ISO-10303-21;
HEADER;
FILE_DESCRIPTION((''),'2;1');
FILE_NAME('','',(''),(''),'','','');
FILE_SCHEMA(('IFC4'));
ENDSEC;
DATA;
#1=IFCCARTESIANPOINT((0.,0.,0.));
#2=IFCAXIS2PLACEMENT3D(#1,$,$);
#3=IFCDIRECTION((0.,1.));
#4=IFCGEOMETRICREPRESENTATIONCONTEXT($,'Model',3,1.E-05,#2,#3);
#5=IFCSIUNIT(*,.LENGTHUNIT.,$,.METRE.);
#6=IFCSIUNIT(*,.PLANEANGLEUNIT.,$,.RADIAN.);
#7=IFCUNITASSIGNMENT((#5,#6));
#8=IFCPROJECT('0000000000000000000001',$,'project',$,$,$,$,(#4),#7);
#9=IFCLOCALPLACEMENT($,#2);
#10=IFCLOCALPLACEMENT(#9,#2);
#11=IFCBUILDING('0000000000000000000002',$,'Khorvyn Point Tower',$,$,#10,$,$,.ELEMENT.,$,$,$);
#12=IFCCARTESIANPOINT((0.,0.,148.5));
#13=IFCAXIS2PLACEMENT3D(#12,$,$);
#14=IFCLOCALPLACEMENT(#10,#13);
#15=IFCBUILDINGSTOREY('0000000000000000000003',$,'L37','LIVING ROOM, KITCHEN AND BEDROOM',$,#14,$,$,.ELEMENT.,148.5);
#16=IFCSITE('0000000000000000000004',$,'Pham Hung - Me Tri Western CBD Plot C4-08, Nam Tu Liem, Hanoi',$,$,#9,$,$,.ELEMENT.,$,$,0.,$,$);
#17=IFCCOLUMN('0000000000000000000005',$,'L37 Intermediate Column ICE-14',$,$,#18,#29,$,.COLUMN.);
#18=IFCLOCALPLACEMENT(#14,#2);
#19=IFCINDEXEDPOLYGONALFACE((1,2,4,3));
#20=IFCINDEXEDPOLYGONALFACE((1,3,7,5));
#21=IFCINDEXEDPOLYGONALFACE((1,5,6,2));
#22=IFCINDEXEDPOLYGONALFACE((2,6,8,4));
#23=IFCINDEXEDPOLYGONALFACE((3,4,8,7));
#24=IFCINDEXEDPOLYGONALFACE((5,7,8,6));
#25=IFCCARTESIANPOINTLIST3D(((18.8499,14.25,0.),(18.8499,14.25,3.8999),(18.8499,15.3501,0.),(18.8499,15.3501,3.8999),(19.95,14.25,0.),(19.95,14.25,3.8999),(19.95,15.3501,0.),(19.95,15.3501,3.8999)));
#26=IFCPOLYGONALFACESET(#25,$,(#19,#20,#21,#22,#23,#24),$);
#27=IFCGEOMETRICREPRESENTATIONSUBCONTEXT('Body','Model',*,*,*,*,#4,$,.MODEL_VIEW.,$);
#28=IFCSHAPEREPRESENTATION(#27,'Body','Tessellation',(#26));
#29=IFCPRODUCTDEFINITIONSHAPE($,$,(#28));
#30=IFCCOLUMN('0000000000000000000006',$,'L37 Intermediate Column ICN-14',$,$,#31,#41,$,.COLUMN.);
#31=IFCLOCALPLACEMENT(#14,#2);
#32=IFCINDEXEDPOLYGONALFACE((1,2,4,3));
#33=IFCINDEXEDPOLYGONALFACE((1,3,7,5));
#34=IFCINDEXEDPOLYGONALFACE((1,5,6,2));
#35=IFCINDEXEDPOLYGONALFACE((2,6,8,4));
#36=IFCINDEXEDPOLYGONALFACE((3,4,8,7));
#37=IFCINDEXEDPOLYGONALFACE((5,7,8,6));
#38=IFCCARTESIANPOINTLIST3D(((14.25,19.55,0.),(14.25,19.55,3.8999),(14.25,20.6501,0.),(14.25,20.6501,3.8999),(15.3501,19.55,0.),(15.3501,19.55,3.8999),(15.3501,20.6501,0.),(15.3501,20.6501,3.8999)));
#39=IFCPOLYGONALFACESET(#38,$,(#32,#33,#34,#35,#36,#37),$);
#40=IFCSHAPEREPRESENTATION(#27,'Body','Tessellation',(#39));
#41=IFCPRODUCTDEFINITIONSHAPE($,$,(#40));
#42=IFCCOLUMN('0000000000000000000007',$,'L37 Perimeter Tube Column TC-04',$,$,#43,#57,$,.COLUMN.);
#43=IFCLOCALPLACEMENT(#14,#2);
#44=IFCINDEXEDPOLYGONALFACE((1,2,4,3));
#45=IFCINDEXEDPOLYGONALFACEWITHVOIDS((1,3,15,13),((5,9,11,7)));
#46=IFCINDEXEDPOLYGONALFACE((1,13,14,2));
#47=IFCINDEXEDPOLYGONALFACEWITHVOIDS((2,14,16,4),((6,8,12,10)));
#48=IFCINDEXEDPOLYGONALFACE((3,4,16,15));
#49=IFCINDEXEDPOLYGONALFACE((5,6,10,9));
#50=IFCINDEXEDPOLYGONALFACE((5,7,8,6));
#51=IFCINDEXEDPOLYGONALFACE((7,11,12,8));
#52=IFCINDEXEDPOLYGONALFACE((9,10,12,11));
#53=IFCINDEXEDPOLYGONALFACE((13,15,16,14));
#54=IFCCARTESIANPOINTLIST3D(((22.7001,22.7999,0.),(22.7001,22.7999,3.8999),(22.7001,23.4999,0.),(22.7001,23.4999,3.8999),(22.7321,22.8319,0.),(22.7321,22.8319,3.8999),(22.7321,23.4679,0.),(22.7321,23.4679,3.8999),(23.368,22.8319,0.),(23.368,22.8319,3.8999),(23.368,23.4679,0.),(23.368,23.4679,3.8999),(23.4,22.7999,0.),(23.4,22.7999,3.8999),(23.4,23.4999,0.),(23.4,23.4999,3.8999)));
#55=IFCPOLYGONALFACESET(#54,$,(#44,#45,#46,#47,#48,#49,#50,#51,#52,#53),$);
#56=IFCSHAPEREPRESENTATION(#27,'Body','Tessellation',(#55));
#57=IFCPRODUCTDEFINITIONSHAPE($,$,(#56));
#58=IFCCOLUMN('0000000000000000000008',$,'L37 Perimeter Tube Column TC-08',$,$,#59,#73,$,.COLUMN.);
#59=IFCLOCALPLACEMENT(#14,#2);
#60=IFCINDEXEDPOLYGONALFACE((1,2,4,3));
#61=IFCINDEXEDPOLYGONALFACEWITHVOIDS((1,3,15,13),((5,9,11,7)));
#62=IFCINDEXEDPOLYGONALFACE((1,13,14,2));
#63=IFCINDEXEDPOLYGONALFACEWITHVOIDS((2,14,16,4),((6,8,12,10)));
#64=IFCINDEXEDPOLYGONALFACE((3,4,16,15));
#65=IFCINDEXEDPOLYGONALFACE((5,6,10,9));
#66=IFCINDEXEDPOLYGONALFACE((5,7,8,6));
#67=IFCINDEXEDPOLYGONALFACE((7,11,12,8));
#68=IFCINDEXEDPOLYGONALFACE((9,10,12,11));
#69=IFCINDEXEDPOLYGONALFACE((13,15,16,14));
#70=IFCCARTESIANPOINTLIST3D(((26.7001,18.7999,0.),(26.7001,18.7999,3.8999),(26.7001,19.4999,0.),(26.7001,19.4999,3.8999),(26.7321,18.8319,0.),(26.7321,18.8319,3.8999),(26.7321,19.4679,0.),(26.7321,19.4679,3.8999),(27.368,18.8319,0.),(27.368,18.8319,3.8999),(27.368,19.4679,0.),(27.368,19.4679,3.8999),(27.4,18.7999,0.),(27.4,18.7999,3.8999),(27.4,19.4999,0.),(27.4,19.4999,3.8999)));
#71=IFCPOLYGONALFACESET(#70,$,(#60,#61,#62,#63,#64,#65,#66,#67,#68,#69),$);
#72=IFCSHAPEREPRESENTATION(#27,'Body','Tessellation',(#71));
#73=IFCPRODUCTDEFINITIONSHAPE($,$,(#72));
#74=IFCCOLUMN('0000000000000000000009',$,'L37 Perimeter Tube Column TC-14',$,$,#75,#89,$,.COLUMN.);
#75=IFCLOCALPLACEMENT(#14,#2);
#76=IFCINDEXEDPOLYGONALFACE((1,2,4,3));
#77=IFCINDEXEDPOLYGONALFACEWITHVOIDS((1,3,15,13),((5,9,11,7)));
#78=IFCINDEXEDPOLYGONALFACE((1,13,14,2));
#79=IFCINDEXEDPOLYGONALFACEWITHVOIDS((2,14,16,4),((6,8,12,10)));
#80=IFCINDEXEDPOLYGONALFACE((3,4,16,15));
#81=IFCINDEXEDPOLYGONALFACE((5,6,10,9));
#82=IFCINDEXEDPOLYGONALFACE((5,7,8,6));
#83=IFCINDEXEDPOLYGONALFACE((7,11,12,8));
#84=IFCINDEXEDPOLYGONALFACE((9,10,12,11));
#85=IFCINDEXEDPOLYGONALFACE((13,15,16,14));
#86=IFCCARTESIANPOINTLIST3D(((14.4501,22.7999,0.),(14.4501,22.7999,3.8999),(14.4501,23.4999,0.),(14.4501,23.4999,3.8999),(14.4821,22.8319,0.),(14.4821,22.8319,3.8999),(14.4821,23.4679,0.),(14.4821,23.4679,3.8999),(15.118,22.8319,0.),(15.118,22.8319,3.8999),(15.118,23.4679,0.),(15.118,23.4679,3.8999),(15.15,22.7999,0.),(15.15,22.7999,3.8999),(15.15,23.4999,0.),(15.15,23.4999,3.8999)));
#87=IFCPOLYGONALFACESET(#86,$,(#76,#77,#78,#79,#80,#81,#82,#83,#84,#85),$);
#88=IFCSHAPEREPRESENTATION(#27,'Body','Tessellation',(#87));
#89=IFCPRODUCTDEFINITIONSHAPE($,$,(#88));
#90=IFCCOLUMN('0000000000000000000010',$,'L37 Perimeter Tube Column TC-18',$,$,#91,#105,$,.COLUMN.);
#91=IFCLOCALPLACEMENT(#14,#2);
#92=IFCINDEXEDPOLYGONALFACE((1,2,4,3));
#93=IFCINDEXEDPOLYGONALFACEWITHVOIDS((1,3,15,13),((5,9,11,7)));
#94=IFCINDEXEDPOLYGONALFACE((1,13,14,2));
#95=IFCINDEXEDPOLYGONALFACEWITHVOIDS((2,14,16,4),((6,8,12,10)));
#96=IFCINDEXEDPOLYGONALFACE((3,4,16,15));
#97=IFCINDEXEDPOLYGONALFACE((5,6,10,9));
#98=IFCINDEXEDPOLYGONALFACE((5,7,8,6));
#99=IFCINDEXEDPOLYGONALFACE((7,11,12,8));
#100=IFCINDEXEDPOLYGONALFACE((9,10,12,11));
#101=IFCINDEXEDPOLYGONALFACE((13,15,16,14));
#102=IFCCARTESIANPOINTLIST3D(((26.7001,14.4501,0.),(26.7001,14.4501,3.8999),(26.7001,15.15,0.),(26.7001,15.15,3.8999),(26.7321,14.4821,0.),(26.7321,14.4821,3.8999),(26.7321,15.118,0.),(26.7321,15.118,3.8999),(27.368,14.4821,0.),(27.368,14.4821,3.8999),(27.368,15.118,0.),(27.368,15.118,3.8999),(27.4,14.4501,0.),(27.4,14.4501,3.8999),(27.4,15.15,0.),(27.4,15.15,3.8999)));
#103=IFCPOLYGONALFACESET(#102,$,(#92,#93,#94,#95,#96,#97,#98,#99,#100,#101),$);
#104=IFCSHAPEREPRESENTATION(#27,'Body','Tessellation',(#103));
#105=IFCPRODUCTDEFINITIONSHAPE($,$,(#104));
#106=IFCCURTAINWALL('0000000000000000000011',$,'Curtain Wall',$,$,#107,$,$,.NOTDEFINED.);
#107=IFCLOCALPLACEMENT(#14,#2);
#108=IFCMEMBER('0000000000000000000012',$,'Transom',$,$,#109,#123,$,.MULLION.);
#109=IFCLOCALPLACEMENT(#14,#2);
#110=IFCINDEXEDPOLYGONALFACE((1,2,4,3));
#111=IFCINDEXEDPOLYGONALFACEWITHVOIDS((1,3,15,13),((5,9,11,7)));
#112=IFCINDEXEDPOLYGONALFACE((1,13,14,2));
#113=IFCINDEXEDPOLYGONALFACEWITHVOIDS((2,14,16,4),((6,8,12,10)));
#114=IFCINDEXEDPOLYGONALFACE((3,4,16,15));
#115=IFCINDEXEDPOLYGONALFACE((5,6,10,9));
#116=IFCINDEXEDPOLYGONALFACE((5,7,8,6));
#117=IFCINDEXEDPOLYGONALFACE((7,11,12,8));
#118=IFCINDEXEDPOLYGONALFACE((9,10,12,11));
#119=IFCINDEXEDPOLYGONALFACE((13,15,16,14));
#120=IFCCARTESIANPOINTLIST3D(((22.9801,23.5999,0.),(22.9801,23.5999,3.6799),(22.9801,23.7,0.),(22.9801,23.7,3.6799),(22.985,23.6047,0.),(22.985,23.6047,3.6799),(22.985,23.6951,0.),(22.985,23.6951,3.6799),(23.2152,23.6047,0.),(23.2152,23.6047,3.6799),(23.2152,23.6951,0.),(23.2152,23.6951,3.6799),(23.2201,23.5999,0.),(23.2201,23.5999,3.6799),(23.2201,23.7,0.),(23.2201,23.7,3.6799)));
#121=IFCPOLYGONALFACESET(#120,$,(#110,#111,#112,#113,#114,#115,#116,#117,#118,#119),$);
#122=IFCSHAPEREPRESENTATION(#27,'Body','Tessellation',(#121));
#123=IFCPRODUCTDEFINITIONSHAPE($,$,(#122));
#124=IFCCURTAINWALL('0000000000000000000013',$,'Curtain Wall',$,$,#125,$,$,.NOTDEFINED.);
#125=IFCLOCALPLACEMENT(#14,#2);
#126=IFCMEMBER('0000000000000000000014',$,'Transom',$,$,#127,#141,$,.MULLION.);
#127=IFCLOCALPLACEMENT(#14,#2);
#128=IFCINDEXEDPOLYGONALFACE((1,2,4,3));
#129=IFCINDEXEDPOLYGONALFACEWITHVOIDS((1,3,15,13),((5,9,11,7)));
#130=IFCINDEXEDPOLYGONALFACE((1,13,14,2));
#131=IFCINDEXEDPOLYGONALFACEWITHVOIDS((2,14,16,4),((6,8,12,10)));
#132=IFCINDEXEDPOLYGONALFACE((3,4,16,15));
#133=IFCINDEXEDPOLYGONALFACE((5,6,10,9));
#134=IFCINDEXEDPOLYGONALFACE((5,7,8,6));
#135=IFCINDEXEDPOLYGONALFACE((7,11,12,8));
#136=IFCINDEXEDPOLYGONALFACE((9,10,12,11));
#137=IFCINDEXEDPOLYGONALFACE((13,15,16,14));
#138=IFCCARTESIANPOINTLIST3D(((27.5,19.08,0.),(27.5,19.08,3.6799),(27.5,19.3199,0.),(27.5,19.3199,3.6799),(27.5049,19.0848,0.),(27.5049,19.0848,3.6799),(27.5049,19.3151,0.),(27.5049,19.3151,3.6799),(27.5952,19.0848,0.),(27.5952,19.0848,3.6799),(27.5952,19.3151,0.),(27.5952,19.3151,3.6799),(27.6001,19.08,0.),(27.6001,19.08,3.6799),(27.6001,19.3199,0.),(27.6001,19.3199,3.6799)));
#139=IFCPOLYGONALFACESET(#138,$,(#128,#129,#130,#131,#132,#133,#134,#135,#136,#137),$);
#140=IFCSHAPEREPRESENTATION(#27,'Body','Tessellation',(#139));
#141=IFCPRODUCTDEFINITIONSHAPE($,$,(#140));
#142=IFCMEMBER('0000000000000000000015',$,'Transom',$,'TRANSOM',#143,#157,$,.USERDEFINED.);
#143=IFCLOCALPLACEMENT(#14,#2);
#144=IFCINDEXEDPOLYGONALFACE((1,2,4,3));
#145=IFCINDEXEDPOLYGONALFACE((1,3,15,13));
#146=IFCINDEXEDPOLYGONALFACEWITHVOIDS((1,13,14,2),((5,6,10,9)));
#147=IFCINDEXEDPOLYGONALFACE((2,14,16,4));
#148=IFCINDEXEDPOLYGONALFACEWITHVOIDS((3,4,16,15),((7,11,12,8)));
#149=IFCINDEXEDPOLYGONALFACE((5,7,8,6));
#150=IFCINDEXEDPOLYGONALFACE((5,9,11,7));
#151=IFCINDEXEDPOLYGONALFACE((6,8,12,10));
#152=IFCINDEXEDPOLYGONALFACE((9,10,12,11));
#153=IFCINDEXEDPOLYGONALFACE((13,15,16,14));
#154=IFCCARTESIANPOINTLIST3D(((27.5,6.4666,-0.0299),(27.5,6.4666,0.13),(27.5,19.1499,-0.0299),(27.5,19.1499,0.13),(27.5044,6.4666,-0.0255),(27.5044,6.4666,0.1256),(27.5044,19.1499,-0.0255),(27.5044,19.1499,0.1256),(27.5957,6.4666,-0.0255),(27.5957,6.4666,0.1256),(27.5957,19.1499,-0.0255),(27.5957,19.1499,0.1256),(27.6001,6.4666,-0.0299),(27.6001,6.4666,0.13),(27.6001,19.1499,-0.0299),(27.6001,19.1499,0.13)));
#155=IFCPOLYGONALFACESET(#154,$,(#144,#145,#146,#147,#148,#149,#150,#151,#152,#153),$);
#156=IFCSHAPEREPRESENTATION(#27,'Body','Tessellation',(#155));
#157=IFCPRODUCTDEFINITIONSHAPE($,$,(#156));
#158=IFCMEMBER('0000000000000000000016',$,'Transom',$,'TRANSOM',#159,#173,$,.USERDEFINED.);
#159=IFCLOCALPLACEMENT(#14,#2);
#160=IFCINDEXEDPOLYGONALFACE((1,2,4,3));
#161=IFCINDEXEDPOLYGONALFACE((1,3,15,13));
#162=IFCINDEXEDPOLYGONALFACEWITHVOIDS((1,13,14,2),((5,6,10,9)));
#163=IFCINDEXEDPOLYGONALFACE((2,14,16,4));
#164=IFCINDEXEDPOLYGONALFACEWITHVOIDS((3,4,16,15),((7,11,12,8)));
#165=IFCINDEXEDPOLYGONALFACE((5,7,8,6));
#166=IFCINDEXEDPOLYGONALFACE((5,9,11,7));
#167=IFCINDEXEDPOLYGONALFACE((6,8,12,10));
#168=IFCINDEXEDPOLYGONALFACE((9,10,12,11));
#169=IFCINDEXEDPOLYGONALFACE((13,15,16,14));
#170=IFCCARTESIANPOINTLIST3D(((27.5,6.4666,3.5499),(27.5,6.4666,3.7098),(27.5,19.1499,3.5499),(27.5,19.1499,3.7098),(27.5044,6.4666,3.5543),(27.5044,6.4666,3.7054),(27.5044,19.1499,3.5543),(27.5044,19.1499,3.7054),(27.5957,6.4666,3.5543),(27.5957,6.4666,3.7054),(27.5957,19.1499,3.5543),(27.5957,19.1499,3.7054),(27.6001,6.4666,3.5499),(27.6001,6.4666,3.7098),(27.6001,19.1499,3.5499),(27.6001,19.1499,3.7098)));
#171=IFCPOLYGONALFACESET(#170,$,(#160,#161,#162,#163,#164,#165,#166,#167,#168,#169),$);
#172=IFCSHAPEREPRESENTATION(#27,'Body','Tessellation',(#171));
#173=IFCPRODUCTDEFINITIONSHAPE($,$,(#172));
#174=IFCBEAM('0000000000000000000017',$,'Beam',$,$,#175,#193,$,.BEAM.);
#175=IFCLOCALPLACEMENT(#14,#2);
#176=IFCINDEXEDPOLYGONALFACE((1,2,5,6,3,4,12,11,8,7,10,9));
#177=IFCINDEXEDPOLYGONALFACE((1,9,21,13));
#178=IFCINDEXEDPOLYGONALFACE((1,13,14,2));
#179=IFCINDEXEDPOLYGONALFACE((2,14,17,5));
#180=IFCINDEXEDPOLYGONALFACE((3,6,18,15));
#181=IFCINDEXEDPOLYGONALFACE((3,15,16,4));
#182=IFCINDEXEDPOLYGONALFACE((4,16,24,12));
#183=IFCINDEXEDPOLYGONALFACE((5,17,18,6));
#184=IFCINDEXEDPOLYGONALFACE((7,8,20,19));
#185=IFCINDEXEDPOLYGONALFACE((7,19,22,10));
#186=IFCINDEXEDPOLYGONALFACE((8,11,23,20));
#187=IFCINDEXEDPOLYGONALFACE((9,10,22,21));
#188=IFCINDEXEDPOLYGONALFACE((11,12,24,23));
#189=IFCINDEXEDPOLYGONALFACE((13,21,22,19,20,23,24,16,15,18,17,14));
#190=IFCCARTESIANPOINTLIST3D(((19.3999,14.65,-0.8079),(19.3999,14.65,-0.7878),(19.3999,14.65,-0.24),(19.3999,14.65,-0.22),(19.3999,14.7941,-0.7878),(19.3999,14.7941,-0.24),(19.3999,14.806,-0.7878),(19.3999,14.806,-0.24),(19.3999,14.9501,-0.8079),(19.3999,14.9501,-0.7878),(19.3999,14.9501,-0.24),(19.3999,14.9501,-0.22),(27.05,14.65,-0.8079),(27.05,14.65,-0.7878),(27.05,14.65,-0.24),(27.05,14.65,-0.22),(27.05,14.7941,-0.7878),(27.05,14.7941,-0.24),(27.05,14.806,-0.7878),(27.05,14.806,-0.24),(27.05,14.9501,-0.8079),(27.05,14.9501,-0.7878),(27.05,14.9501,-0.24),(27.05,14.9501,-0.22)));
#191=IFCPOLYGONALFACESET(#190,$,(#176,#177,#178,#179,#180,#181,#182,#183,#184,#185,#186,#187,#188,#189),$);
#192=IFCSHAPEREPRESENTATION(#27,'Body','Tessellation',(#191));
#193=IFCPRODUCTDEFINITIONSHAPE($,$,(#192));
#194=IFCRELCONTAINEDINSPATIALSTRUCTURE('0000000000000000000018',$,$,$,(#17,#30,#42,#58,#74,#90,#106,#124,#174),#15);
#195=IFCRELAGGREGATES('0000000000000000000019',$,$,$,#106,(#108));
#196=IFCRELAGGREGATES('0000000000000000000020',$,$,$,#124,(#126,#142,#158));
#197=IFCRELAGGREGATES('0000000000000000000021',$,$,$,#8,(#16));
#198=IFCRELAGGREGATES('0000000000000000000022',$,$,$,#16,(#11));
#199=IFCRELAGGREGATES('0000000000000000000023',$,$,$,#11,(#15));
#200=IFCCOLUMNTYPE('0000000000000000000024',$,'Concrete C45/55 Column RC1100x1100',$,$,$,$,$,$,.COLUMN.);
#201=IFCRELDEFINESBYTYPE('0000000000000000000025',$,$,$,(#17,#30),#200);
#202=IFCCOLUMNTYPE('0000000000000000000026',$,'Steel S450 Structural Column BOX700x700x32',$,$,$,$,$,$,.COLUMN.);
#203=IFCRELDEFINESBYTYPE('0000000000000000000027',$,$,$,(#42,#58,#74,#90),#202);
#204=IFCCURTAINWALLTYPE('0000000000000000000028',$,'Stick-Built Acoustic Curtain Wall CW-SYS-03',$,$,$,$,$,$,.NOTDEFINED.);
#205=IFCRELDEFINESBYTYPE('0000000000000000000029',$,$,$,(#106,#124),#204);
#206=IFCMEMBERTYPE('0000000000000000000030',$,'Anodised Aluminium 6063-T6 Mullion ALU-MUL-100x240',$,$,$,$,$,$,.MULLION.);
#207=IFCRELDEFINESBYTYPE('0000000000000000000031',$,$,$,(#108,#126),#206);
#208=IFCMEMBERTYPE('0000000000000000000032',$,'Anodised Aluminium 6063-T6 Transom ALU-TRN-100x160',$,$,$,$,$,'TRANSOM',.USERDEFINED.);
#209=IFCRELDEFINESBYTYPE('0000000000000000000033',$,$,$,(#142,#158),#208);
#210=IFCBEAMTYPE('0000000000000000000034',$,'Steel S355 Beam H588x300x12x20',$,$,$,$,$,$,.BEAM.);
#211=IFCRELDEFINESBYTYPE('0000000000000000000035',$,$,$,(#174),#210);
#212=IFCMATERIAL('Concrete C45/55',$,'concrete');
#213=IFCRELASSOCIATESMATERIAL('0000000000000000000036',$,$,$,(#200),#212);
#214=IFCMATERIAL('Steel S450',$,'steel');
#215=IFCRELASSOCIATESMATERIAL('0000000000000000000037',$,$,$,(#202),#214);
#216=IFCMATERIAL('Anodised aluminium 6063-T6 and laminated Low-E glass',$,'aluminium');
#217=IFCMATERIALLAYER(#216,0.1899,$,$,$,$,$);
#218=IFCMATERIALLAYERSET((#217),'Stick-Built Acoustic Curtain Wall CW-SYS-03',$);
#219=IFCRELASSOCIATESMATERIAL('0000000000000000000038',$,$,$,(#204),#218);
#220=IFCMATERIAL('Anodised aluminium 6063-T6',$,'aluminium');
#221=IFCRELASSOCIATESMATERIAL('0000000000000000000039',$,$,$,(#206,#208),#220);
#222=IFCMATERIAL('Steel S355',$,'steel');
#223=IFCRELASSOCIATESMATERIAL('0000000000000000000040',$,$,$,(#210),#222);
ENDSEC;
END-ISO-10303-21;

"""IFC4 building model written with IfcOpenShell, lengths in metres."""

from ifc_helpers import new_model, si_unit, direction, frame, origin, origin_2d, place, context, subcontext, project, spatial, rectangle, hollow_rectangle, i_section, extrude, material, layer, layer_set, material_profile, profile_set, type_object, element, aggregate, save


model = new_model("IFC4")

# Units and contexts
model_context = context("Model", 3, precision=1e-05, world=origin(), true_north=direction((0.0, 1.0)))
body_context = subcontext(model_context, "Body", "Model", "MODEL_VIEW")
ifc_project = project(units=[si_unit("LENGTHUNIT", "METRE"), si_unit("PLANEANGLEUNIT", "RADIAN")], contexts=[model_context])

# Site, building, storey
site_placement = place(None, origin())
site = spatial("IfcSite", under=ifc_project, at=site_placement, Name="Pham Hung - Me Tri Western CBD Plot C4-08, Nam Tu Liem, Hanoi", CompositionType="ELEMENT", RefElevation=0.0)
building_placement = place(site_placement, origin())
building = spatial("IfcBuilding", under=site, at=building_placement, Name="Khorvyn Point Tower", CompositionType="ELEMENT")
storey_placement = place(building_placement, frame((0.0, 0.0, 148.5)))
storey = spatial("IfcBuildingStorey", under=building, at=storey_placement, Name="L37", Description="LIVING ROOM, KITCHEN AND BEDROOM", CompositionType="ELEMENT", Elevation=148.5)

# Columns
ifc_material_1 = material(Name="Concrete C45/55", Category="concrete")
ifc_material_profile_1 = material_profile(ifc_material_1, rectangle(XDim=1.1001, YDim=1.1001, at=origin_2d()))
ifc_profile_set_1 = profile_set([ifc_material_profile_1], Name="Concrete C45/55 RC1100x1100")
column_type_1 = type_object("IfcColumnType", Name="Concrete C45/55 Column RC1100x1100", PredefinedType="COLUMN", material=ifc_profile_set_1)
for number, where, z_axis, x_axis, name in (
    (1, (19.3999, 14.8, 0.0), (0.0, 0.0, 1.0), (1.0, 0.0, 0.0), "L37 Intermediate Column ICE-14"),
    (2, (14.8, 20.1001, 0.0), (0.0, 0.0, 1.0), (1.0, 0.0, 0.0), "L37 Intermediate Column ICN-14"),
):
    element("IfcColumn", number, at=place(storey_placement, frame(where, z_axis=z_axis, x_axis=x_axis)), inside=storey, type_object=column_type_1, Name=name, PredefinedType="COLUMN", context=body_context, shape_type="SweptSolid", body=[
        extrude(rectangle(XDim=1.1001, YDim=1.1001, at=origin_2d()), origin(), (0.0, 0.0, 1.0), 3.8999),
    ])
ifc_material_2 = material(Name="Steel S450", Category="steel")
ifc_material_profile_2 = material_profile(ifc_material_2, hollow_rectangle(XDim=0.7, YDim=0.7, WallThickness=0.032, at=origin_2d()))
ifc_profile_set_2 = profile_set([ifc_material_profile_2], Name="Steel S450 BOX700x700x32")
column_type_2 = type_object("IfcColumnType", Name="Steel S450 Structural Column BOX700x700x32", PredefinedType="COLUMN", material=ifc_profile_set_2)
for number, where, z_axis, x_axis, name in (
    (3, (23.05, 23.1499, 0.0), (0.0, 0.0, 1.0), (1.0, 0.0, 0.0), "L37 Perimeter Tube Column TC-04"),
    (4, (27.05, 19.1499, 0.0), (0.0, 0.0, 1.0), (1.0, 0.0, 0.0), "L37 Perimeter Tube Column TC-08"),
    (5, (14.8, 23.1499, 0.0), (0.0, 0.0, 1.0), (1.0, 0.0, 0.0), "L37 Perimeter Tube Column TC-14"),
    (6, (27.05, 14.8, 0.0), (0.0, 0.0, 1.0), (1.0, 0.0, 0.0), "L37 Perimeter Tube Column TC-18"),
):
    element("IfcColumn", number, at=place(storey_placement, frame(where, z_axis=z_axis, x_axis=x_axis)), inside=storey, type_object=column_type_2, Name=name, PredefinedType="COLUMN", context=body_context, shape_type="SweptSolid", body=[
        extrude(hollow_rectangle(XDim=0.7, YDim=0.7, WallThickness=0.032, at=origin_2d()), origin(), (0.0, 0.0, 1.0), 3.8999),
    ])

# Curtain wall, member
ifc_material_3 = material(Name="Anodised aluminium 6063-T6 and laminated Low-E glass", Category="aluminium")
ifc_layer_1 = layer(ifc_material_3, 0.1899)
ifc_layer_set_1 = layer_set([ifc_layer_1], Name="Stick-Built Acoustic Curtain Wall CW-SYS-03")
curtain_wall_type = type_object("IfcCurtainWallType", Name="Stick-Built Acoustic Curtain Wall CW-SYS-03", PredefinedType="NOTDEFINED", material=ifc_layer_set_1)
curtain_wall_1_placement = place(storey_placement, origin())
curtain_wall_1 = element("IfcCurtainWall", 7, at=curtain_wall_1_placement, inside=storey, type_object=curtain_wall_type, Name="Curtain Wall", PredefinedType="NOTDEFINED")
ifc_material_4 = material(Name="Anodised aluminium 6063-T6", Category="aluminium")
ifc_material_profile_3 = material_profile(ifc_material_4, hollow_rectangle(XDim=0.1001, YDim=0.24, WallThickness=0.0049, at=origin_2d()))
ifc_profile_set_3 = profile_set([ifc_material_profile_3], Name="Anodised aluminium 6063-T6 ALU-MUL-100x240")
member_type_1 = type_object("IfcMemberType", Name="Anodised Aluminium 6063-T6 Mullion ALU-MUL-100x240", PredefinedType="MULLION", material=ifc_profile_set_3)
member_1_placement = place(storey_placement, frame((23.1001, 23.6499, 0.0), z_axis=(0.0, 0.0, 1.0), x_axis=(0.0, 1.0, 0.0)))
member_1 = element("IfcMember", 8, at=member_1_placement, type_object=member_type_1, Name="Transom", PredefinedType="MULLION", context=body_context, shape_type="SweptSolid", body=[
    extrude(hollow_rectangle(XDim=0.1001, YDim=0.24, WallThickness=0.0049, at=origin_2d()), origin(), (0.0, 0.0, 1.0), 3.6799),
])

# Curtain wall, members
curtain_wall_2_placement = place(storey_placement, origin())
curtain_wall_2 = element("IfcCurtainWall", 9, at=curtain_wall_2_placement, inside=storey, type_object=curtain_wall_type, Name="Curtain Wall", PredefinedType="NOTDEFINED")
member_2_placement = place(storey_placement, frame((27.55, 19.2, 0.0), z_axis=(0.0, 0.0, 1.0), x_axis=(1.0, 0.0, 0.0)))
member_2 = element("IfcMember", 10, at=member_2_placement, type_object=member_type_1, Name="Transom", PredefinedType="MULLION", context=body_context, shape_type="SweptSolid", body=[
    extrude(hollow_rectangle(XDim=0.1001, YDim=0.24, WallThickness=0.0049, at=origin_2d()), origin(), (0.0, 0.0, 1.0), 3.6799),
])
ifc_material_profile_4 = material_profile(ifc_material_4, hollow_rectangle(XDim=0.1001, YDim=0.1599, WallThickness=0.0044, at=origin_2d()))
ifc_profile_set_4 = profile_set([ifc_material_profile_4], Name="Anodised aluminium 6063-T6 ALU-TRN-100x160")
member_type_2 = type_object("IfcMemberType", Name="Anodised Aluminium 6063-T6 Transom ALU-TRN-100x160", ElementType="TRANSOM", PredefinedType="USERDEFINED", material=ifc_profile_set_4)
member_3_placement = place(storey_placement, frame((27.55, 19.1499, 0.05), z_axis=(0.0, -1.0, 0.0), x_axis=(1.0, 0.0, 0.0)))
member_3 = element("IfcMember", 11, at=member_3_placement, type_object=member_type_2, Name="Transom", ObjectType="TRANSOM", PredefinedType="USERDEFINED", context=body_context, shape_type="SweptSolid", body=[
    extrude(hollow_rectangle(XDim=0.1001, YDim=0.1599, WallThickness=0.0044, at=origin_2d()), origin(), (0.0, 0.0, 1.0), 12.6833),
])
member_4_placement = place(storey_placement, frame((27.55, 19.1499, 3.6299), z_axis=(0.0, -1.0, 0.0), x_axis=(1.0, 0.0, 0.0)))
member_4 = element("IfcMember", 12, at=member_4_placement, type_object=member_type_2, Name="Transom", ObjectType="TRANSOM", PredefinedType="USERDEFINED", context=body_context, shape_type="SweptSolid", body=[
    extrude(hollow_rectangle(XDim=0.1001, YDim=0.1599, WallThickness=0.0044, at=origin_2d()), origin(), (0.0, 0.0, 1.0), 12.6833),
])

# Beam
ifc_material_5 = material(Name="Steel S355", Category="steel")
ifc_material_profile_5 = material_profile(ifc_material_5, i_section(OverallWidth=0.3, OverallDepth=0.5879, WebThickness=0.012, FlangeThickness=0.02, at=origin_2d()))
ifc_profile_set_5 = profile_set([ifc_material_profile_5], Name="Steel S355 H588x300x12x20")
beam_type_1 = type_object("IfcBeamType", Name="Steel S355 Beam H588x300x12x20", PredefinedType="BEAM", material=ifc_profile_set_5)
beam_1_placement = place(storey_placement, frame((19.3999, 14.8, -0.5139), z_axis=(1.0, 0.0, 0.0), x_axis=(0.0, 1.0, 0.0)))
element("IfcBeam", 13, at=beam_1_placement, inside=storey, type_object=beam_type_1, Name="Beam", PredefinedType="BEAM", context=body_context, shape_type="SweptSolid", body=[
    extrude(i_section(OverallWidth=0.3, OverallDepth=0.5879, WebThickness=0.012, FlangeThickness=0.02, at=origin_2d()), origin(), (0.0, 0.0, 1.0), 7.6501),
])

aggregate(curtain_wall_1, [member_1])
aggregate(curtain_wall_2, [member_2, member_3, member_4])

save(model, "model.ifc")
